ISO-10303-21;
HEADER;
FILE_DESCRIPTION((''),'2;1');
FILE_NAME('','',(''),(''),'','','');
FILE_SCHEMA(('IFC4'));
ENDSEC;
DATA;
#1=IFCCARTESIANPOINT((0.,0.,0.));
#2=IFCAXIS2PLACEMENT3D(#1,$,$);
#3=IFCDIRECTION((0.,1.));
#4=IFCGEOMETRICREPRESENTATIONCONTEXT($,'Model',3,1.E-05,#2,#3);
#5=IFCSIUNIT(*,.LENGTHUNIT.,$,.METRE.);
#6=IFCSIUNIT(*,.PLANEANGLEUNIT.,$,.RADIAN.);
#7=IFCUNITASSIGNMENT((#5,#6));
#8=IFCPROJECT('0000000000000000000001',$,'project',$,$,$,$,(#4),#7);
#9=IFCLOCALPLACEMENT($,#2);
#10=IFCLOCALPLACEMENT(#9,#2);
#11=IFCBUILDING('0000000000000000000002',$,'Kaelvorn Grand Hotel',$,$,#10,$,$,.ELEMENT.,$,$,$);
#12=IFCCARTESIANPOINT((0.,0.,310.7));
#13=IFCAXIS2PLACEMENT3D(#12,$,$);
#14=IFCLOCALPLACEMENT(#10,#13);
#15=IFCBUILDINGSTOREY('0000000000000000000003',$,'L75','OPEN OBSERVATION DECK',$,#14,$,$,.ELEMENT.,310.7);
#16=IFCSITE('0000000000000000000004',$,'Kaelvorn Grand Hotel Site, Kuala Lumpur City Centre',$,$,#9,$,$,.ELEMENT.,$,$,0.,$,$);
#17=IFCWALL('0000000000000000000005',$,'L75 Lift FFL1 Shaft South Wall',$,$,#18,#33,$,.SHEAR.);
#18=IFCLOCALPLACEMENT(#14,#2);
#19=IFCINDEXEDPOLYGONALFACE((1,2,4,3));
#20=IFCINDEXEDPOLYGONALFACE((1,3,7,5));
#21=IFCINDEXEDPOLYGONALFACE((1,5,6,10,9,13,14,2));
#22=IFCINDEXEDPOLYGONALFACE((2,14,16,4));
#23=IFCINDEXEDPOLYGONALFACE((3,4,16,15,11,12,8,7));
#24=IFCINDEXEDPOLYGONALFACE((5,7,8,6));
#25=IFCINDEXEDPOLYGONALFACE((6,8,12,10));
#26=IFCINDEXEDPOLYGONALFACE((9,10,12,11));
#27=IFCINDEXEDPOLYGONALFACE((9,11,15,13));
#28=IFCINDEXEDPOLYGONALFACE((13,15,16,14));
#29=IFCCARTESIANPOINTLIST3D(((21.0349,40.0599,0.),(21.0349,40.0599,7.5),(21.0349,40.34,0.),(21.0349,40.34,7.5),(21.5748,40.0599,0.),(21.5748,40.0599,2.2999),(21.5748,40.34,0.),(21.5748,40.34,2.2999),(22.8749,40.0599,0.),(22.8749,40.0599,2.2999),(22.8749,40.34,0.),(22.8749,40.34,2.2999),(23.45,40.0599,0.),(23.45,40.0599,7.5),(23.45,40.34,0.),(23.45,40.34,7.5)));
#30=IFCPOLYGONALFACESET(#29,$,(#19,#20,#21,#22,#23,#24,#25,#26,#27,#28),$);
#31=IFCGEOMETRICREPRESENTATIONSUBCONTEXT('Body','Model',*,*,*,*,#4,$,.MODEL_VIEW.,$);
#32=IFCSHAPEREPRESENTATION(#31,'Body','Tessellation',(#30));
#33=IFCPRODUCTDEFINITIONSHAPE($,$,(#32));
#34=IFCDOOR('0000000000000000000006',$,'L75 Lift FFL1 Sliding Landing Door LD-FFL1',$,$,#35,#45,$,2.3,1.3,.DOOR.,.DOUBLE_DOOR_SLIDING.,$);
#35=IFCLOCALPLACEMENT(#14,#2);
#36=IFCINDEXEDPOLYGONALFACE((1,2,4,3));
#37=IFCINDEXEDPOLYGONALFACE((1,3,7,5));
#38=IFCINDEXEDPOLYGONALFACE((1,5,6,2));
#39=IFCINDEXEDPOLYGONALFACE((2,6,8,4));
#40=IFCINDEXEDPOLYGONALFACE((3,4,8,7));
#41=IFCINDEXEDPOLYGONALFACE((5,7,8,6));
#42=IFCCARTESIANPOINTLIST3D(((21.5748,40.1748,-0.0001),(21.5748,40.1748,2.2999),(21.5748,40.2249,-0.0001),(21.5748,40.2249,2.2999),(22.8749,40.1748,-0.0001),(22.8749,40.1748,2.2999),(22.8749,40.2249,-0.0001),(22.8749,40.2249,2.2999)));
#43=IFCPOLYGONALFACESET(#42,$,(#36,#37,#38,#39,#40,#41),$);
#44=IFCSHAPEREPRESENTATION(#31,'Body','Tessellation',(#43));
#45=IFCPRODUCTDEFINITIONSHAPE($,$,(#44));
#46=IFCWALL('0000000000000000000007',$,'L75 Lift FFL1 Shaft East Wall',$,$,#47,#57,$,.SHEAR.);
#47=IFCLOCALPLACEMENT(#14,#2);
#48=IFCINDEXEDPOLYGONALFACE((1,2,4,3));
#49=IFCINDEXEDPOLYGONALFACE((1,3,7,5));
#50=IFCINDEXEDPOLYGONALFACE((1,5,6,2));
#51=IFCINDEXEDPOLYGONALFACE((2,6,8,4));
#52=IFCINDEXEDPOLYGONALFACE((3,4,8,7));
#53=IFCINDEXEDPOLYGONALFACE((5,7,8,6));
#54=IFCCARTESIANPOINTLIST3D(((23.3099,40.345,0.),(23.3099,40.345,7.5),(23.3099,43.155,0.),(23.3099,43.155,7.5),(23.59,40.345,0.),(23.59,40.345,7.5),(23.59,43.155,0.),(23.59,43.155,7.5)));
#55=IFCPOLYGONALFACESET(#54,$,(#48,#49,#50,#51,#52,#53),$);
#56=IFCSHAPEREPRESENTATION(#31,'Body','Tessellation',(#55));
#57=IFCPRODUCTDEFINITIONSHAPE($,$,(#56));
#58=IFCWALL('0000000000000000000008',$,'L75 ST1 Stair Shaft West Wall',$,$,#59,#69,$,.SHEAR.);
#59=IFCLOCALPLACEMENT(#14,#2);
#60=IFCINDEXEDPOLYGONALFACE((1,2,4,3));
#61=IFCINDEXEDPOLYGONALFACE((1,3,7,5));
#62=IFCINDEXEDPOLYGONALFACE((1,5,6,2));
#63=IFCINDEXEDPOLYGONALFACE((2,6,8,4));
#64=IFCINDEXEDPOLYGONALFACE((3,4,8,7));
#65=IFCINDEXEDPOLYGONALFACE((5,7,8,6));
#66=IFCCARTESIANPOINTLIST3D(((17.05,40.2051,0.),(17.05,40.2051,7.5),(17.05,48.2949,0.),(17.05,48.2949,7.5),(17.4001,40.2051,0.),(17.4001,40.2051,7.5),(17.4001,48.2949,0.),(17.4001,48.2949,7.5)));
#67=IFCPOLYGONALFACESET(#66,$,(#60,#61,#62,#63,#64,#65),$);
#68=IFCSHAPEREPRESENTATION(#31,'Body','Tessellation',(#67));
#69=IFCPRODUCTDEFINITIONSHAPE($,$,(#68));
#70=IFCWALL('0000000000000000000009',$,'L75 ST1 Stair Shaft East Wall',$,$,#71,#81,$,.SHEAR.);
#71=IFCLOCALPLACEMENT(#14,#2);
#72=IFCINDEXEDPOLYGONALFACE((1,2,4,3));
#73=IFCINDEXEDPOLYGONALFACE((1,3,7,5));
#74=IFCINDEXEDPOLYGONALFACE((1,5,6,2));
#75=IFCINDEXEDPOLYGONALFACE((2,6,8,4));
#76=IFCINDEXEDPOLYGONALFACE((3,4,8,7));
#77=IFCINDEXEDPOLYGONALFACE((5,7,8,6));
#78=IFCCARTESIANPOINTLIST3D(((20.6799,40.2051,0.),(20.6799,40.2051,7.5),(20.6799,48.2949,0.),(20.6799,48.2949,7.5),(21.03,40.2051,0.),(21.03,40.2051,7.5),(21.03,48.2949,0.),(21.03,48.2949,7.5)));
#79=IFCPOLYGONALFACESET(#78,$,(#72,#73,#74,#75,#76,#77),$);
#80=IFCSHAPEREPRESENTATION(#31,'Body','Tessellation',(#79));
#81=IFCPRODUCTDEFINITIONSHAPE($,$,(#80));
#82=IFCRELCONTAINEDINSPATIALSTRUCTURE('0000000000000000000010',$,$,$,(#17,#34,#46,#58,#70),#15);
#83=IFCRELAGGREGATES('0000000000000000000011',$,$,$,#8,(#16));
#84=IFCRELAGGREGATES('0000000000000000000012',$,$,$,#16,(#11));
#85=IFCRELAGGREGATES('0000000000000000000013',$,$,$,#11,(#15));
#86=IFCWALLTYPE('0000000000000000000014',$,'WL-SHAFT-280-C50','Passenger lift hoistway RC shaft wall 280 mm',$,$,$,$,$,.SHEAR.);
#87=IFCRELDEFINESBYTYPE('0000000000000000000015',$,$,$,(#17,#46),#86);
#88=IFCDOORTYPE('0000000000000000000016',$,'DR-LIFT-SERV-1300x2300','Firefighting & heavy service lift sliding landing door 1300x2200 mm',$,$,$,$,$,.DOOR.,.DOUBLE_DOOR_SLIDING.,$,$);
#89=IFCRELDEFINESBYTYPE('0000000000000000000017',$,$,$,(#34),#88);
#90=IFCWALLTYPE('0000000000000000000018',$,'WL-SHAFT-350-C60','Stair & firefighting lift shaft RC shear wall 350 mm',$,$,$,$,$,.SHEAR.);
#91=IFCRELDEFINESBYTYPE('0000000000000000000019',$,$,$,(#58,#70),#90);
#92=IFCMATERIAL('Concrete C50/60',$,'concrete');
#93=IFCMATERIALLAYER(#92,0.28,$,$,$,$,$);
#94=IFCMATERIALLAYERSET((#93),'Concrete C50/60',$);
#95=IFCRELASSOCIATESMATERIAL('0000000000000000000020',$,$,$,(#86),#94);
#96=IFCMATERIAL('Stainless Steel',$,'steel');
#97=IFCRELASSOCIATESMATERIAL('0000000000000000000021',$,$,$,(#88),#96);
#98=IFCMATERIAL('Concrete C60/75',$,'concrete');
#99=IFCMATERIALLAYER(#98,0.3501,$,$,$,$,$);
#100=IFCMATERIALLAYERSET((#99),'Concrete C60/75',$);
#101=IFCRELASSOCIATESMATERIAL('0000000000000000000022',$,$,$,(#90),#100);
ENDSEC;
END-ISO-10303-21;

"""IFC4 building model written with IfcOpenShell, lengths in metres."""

from ifc_helpers import new_model, si_unit, direction, frame, frame_2d, origin, place, context, subcontext, project, spatial, rectangle, extrude, material, layer, layer_set, type_object, element, fill, save


model = new_model("IFC4")

# Units and contexts
model_context = context("Model", 3, precision=1e-05, world=origin(), true_north=direction((0.0, 1.0)))
body_context = subcontext(model_context, "Body", "Model", "MODEL_VIEW")
ifc_project = project(units=[si_unit("LENGTHUNIT", "METRE"), si_unit("PLANEANGLEUNIT", "RADIAN")], contexts=[model_context])

# Site, building, storey
site_placement = place(None, origin())
site = spatial("IfcSite", under=ifc_project, at=site_placement, Name="Kaelvorn Grand Hotel Site, Kuala Lumpur City Centre", CompositionType="ELEMENT", RefElevation=0.0)
building_placement = place(site_placement, origin())
building = spatial("IfcBuilding", under=site, at=building_placement, Name="Kaelvorn Grand Hotel", CompositionType="ELEMENT")
storey_placement = place(building_placement, frame((0.0, 0.0, 310.7)))
storey = spatial("IfcBuildingStorey", under=building, at=storey_placement, Name="L75", Description="OPEN OBSERVATION DECK", CompositionType="ELEMENT", Elevation=310.7)

# Shared definitions
ifc_material_1 = material(Name="Concrete C50/60", Category="concrete")

# Shared definitions
ifc_material_2 = material(Name="Concrete C60/75", Category="concrete")

# Wall, opening, door
ifc_layer_1 = layer(ifc_material_1, 0.28)
ifc_layer_set_1 = layer_set([ifc_layer_1], Name="Concrete C50/60")
wall_type_1 = type_object("IfcWallType", Name="WL-SHAFT-280-C50", Description="Passenger lift hoistway RC shaft wall 280 mm", PredefinedType="SHEAR", material=ifc_layer_set_1)
wall_1_placement = place(storey_placement, frame((21.0349, 40.2, 0.0), z_axis=(0.0, 0.0, 1.0), x_axis=(1.0, 0.0, 0.0)))
wall_1 = element("IfcWall", 1, at=wall_1_placement, inside=storey, type_object=wall_type_1, Name="L75 Lift FFL1 Shaft South Wall", PredefinedType="SHEAR", context=body_context, shape_type="SweptSolid", body=[
    extrude(rectangle(XDim=2.415, YDim=0.28, at=frame_2d((1.2075, 0.0))), origin(), (0.0, 0.0, 1.0), 7.5),
])
opening_1_placement = place(wall_1_placement, frame((0.54, 0.0, 0.0)))
opening_1 = element("IfcOpeningElement", 2, at=opening_1_placement, cuts=wall_1, PredefinedType="OPENING", context=body_context, shape_type="SweptSolid", body=[
    extrude(rectangle(XDim=1.3, YDim=2.3, at=frame_2d((0.6499, 1.1499))), frame((0.0, 0.1499, 0.0), z_axis=(0.0, -1.0, 0.0), x_axis=(1.0, 0.0, 0.0)), (0.0, 0.0, 1.0), 0.3),
])
ifc_material_3 = material(Name="Stainless Steel", Category="steel")
door_type_1 = type_object("IfcDoorType", Name="DR-LIFT-SERV-1300x2300", Description="Firefighting & heavy service lift sliding landing door 1300x2200 mm", OperationType="DOUBLE_DOOR_SLIDING", PredefinedType="DOOR", material=ifc_material_3)
door_1_placement = place(opening_1_placement, origin())
door_1 = element("IfcDoor", 3, at=door_1_placement, inside=storey, type_object=door_type_1, Name="L75 Lift FFL1 Sliding Landing Door LD-FFL1", OperationType="DOUBLE_DOOR_SLIDING", OverallHeight=2.3, OverallWidth=1.3, PredefinedType="DOOR", context=body_context, shape_type="SweptSolid", body=[
    extrude(rectangle(XDim=1.3, YDim=2.3, at=frame_2d((0.6499, 1.1499))), frame((0.0, 0.0249, 0.0), z_axis=(0.0, -1.0, 0.0), x_axis=(1.0, 0.0, 0.0)), (0.0, 0.0, 1.0), 0.05),
])
fill(opening_1, door_1)

# Wall
wall_2_placement = place(storey_placement, frame((23.45, 40.345, 0.0), z_axis=(0.0, 0.0, 1.0), x_axis=(0.0, 1.0, 0.0)))
element("IfcWall", 4, at=wall_2_placement, inside=storey, type_object=wall_type_1, Name="L75 Lift FFL1 Shaft East Wall", PredefinedType="SHEAR", context=body_context, shape_type="SweptSolid", body=[
    extrude(rectangle(XDim=2.8101, YDim=0.28, at=frame_2d((1.405, 0.0))), origin(), (0.0, 0.0, 1.0), 7.5),
])

# Shared definitions
ifc_layer_2 = layer(ifc_material_2, 0.3501)
ifc_layer_set_2 = layer_set([ifc_layer_2], Name="Concrete C60/75")
wall_type_2 = type_object("IfcWallType", Name="WL-SHAFT-350-C60", Description="Stair & firefighting lift shaft RC shear wall 350 mm", PredefinedType="SHEAR", material=ifc_layer_set_2)

# Walls
for number, where, z_axis, x_axis, name in (
    (5, (17.2251, 40.2051, 0.0), (0.0, 0.0, 1.0), (0.0, 1.0, 0.0), "L75 ST1 Stair Shaft West Wall"),
    (6, (20.855, 40.2051, 0.0), (0.0, 0.0, 1.0), (0.0, 1.0, 0.0), "L75 ST1 Stair Shaft East Wall"),
):
    element("IfcWall", number, at=place(storey_placement, frame(where, z_axis=z_axis, x_axis=x_axis)), inside=storey, type_object=wall_type_2, Name=name, PredefinedType="SHEAR", context=body_context, shape_type="SweptSolid", body=[
        extrude(rectangle(XDim=8.0898, YDim=0.3501, at=frame_2d((4.0449, 0.0))), origin(), (0.0, 0.0, 1.0), 7.5),
    ])

save(model, "model.ifc")
